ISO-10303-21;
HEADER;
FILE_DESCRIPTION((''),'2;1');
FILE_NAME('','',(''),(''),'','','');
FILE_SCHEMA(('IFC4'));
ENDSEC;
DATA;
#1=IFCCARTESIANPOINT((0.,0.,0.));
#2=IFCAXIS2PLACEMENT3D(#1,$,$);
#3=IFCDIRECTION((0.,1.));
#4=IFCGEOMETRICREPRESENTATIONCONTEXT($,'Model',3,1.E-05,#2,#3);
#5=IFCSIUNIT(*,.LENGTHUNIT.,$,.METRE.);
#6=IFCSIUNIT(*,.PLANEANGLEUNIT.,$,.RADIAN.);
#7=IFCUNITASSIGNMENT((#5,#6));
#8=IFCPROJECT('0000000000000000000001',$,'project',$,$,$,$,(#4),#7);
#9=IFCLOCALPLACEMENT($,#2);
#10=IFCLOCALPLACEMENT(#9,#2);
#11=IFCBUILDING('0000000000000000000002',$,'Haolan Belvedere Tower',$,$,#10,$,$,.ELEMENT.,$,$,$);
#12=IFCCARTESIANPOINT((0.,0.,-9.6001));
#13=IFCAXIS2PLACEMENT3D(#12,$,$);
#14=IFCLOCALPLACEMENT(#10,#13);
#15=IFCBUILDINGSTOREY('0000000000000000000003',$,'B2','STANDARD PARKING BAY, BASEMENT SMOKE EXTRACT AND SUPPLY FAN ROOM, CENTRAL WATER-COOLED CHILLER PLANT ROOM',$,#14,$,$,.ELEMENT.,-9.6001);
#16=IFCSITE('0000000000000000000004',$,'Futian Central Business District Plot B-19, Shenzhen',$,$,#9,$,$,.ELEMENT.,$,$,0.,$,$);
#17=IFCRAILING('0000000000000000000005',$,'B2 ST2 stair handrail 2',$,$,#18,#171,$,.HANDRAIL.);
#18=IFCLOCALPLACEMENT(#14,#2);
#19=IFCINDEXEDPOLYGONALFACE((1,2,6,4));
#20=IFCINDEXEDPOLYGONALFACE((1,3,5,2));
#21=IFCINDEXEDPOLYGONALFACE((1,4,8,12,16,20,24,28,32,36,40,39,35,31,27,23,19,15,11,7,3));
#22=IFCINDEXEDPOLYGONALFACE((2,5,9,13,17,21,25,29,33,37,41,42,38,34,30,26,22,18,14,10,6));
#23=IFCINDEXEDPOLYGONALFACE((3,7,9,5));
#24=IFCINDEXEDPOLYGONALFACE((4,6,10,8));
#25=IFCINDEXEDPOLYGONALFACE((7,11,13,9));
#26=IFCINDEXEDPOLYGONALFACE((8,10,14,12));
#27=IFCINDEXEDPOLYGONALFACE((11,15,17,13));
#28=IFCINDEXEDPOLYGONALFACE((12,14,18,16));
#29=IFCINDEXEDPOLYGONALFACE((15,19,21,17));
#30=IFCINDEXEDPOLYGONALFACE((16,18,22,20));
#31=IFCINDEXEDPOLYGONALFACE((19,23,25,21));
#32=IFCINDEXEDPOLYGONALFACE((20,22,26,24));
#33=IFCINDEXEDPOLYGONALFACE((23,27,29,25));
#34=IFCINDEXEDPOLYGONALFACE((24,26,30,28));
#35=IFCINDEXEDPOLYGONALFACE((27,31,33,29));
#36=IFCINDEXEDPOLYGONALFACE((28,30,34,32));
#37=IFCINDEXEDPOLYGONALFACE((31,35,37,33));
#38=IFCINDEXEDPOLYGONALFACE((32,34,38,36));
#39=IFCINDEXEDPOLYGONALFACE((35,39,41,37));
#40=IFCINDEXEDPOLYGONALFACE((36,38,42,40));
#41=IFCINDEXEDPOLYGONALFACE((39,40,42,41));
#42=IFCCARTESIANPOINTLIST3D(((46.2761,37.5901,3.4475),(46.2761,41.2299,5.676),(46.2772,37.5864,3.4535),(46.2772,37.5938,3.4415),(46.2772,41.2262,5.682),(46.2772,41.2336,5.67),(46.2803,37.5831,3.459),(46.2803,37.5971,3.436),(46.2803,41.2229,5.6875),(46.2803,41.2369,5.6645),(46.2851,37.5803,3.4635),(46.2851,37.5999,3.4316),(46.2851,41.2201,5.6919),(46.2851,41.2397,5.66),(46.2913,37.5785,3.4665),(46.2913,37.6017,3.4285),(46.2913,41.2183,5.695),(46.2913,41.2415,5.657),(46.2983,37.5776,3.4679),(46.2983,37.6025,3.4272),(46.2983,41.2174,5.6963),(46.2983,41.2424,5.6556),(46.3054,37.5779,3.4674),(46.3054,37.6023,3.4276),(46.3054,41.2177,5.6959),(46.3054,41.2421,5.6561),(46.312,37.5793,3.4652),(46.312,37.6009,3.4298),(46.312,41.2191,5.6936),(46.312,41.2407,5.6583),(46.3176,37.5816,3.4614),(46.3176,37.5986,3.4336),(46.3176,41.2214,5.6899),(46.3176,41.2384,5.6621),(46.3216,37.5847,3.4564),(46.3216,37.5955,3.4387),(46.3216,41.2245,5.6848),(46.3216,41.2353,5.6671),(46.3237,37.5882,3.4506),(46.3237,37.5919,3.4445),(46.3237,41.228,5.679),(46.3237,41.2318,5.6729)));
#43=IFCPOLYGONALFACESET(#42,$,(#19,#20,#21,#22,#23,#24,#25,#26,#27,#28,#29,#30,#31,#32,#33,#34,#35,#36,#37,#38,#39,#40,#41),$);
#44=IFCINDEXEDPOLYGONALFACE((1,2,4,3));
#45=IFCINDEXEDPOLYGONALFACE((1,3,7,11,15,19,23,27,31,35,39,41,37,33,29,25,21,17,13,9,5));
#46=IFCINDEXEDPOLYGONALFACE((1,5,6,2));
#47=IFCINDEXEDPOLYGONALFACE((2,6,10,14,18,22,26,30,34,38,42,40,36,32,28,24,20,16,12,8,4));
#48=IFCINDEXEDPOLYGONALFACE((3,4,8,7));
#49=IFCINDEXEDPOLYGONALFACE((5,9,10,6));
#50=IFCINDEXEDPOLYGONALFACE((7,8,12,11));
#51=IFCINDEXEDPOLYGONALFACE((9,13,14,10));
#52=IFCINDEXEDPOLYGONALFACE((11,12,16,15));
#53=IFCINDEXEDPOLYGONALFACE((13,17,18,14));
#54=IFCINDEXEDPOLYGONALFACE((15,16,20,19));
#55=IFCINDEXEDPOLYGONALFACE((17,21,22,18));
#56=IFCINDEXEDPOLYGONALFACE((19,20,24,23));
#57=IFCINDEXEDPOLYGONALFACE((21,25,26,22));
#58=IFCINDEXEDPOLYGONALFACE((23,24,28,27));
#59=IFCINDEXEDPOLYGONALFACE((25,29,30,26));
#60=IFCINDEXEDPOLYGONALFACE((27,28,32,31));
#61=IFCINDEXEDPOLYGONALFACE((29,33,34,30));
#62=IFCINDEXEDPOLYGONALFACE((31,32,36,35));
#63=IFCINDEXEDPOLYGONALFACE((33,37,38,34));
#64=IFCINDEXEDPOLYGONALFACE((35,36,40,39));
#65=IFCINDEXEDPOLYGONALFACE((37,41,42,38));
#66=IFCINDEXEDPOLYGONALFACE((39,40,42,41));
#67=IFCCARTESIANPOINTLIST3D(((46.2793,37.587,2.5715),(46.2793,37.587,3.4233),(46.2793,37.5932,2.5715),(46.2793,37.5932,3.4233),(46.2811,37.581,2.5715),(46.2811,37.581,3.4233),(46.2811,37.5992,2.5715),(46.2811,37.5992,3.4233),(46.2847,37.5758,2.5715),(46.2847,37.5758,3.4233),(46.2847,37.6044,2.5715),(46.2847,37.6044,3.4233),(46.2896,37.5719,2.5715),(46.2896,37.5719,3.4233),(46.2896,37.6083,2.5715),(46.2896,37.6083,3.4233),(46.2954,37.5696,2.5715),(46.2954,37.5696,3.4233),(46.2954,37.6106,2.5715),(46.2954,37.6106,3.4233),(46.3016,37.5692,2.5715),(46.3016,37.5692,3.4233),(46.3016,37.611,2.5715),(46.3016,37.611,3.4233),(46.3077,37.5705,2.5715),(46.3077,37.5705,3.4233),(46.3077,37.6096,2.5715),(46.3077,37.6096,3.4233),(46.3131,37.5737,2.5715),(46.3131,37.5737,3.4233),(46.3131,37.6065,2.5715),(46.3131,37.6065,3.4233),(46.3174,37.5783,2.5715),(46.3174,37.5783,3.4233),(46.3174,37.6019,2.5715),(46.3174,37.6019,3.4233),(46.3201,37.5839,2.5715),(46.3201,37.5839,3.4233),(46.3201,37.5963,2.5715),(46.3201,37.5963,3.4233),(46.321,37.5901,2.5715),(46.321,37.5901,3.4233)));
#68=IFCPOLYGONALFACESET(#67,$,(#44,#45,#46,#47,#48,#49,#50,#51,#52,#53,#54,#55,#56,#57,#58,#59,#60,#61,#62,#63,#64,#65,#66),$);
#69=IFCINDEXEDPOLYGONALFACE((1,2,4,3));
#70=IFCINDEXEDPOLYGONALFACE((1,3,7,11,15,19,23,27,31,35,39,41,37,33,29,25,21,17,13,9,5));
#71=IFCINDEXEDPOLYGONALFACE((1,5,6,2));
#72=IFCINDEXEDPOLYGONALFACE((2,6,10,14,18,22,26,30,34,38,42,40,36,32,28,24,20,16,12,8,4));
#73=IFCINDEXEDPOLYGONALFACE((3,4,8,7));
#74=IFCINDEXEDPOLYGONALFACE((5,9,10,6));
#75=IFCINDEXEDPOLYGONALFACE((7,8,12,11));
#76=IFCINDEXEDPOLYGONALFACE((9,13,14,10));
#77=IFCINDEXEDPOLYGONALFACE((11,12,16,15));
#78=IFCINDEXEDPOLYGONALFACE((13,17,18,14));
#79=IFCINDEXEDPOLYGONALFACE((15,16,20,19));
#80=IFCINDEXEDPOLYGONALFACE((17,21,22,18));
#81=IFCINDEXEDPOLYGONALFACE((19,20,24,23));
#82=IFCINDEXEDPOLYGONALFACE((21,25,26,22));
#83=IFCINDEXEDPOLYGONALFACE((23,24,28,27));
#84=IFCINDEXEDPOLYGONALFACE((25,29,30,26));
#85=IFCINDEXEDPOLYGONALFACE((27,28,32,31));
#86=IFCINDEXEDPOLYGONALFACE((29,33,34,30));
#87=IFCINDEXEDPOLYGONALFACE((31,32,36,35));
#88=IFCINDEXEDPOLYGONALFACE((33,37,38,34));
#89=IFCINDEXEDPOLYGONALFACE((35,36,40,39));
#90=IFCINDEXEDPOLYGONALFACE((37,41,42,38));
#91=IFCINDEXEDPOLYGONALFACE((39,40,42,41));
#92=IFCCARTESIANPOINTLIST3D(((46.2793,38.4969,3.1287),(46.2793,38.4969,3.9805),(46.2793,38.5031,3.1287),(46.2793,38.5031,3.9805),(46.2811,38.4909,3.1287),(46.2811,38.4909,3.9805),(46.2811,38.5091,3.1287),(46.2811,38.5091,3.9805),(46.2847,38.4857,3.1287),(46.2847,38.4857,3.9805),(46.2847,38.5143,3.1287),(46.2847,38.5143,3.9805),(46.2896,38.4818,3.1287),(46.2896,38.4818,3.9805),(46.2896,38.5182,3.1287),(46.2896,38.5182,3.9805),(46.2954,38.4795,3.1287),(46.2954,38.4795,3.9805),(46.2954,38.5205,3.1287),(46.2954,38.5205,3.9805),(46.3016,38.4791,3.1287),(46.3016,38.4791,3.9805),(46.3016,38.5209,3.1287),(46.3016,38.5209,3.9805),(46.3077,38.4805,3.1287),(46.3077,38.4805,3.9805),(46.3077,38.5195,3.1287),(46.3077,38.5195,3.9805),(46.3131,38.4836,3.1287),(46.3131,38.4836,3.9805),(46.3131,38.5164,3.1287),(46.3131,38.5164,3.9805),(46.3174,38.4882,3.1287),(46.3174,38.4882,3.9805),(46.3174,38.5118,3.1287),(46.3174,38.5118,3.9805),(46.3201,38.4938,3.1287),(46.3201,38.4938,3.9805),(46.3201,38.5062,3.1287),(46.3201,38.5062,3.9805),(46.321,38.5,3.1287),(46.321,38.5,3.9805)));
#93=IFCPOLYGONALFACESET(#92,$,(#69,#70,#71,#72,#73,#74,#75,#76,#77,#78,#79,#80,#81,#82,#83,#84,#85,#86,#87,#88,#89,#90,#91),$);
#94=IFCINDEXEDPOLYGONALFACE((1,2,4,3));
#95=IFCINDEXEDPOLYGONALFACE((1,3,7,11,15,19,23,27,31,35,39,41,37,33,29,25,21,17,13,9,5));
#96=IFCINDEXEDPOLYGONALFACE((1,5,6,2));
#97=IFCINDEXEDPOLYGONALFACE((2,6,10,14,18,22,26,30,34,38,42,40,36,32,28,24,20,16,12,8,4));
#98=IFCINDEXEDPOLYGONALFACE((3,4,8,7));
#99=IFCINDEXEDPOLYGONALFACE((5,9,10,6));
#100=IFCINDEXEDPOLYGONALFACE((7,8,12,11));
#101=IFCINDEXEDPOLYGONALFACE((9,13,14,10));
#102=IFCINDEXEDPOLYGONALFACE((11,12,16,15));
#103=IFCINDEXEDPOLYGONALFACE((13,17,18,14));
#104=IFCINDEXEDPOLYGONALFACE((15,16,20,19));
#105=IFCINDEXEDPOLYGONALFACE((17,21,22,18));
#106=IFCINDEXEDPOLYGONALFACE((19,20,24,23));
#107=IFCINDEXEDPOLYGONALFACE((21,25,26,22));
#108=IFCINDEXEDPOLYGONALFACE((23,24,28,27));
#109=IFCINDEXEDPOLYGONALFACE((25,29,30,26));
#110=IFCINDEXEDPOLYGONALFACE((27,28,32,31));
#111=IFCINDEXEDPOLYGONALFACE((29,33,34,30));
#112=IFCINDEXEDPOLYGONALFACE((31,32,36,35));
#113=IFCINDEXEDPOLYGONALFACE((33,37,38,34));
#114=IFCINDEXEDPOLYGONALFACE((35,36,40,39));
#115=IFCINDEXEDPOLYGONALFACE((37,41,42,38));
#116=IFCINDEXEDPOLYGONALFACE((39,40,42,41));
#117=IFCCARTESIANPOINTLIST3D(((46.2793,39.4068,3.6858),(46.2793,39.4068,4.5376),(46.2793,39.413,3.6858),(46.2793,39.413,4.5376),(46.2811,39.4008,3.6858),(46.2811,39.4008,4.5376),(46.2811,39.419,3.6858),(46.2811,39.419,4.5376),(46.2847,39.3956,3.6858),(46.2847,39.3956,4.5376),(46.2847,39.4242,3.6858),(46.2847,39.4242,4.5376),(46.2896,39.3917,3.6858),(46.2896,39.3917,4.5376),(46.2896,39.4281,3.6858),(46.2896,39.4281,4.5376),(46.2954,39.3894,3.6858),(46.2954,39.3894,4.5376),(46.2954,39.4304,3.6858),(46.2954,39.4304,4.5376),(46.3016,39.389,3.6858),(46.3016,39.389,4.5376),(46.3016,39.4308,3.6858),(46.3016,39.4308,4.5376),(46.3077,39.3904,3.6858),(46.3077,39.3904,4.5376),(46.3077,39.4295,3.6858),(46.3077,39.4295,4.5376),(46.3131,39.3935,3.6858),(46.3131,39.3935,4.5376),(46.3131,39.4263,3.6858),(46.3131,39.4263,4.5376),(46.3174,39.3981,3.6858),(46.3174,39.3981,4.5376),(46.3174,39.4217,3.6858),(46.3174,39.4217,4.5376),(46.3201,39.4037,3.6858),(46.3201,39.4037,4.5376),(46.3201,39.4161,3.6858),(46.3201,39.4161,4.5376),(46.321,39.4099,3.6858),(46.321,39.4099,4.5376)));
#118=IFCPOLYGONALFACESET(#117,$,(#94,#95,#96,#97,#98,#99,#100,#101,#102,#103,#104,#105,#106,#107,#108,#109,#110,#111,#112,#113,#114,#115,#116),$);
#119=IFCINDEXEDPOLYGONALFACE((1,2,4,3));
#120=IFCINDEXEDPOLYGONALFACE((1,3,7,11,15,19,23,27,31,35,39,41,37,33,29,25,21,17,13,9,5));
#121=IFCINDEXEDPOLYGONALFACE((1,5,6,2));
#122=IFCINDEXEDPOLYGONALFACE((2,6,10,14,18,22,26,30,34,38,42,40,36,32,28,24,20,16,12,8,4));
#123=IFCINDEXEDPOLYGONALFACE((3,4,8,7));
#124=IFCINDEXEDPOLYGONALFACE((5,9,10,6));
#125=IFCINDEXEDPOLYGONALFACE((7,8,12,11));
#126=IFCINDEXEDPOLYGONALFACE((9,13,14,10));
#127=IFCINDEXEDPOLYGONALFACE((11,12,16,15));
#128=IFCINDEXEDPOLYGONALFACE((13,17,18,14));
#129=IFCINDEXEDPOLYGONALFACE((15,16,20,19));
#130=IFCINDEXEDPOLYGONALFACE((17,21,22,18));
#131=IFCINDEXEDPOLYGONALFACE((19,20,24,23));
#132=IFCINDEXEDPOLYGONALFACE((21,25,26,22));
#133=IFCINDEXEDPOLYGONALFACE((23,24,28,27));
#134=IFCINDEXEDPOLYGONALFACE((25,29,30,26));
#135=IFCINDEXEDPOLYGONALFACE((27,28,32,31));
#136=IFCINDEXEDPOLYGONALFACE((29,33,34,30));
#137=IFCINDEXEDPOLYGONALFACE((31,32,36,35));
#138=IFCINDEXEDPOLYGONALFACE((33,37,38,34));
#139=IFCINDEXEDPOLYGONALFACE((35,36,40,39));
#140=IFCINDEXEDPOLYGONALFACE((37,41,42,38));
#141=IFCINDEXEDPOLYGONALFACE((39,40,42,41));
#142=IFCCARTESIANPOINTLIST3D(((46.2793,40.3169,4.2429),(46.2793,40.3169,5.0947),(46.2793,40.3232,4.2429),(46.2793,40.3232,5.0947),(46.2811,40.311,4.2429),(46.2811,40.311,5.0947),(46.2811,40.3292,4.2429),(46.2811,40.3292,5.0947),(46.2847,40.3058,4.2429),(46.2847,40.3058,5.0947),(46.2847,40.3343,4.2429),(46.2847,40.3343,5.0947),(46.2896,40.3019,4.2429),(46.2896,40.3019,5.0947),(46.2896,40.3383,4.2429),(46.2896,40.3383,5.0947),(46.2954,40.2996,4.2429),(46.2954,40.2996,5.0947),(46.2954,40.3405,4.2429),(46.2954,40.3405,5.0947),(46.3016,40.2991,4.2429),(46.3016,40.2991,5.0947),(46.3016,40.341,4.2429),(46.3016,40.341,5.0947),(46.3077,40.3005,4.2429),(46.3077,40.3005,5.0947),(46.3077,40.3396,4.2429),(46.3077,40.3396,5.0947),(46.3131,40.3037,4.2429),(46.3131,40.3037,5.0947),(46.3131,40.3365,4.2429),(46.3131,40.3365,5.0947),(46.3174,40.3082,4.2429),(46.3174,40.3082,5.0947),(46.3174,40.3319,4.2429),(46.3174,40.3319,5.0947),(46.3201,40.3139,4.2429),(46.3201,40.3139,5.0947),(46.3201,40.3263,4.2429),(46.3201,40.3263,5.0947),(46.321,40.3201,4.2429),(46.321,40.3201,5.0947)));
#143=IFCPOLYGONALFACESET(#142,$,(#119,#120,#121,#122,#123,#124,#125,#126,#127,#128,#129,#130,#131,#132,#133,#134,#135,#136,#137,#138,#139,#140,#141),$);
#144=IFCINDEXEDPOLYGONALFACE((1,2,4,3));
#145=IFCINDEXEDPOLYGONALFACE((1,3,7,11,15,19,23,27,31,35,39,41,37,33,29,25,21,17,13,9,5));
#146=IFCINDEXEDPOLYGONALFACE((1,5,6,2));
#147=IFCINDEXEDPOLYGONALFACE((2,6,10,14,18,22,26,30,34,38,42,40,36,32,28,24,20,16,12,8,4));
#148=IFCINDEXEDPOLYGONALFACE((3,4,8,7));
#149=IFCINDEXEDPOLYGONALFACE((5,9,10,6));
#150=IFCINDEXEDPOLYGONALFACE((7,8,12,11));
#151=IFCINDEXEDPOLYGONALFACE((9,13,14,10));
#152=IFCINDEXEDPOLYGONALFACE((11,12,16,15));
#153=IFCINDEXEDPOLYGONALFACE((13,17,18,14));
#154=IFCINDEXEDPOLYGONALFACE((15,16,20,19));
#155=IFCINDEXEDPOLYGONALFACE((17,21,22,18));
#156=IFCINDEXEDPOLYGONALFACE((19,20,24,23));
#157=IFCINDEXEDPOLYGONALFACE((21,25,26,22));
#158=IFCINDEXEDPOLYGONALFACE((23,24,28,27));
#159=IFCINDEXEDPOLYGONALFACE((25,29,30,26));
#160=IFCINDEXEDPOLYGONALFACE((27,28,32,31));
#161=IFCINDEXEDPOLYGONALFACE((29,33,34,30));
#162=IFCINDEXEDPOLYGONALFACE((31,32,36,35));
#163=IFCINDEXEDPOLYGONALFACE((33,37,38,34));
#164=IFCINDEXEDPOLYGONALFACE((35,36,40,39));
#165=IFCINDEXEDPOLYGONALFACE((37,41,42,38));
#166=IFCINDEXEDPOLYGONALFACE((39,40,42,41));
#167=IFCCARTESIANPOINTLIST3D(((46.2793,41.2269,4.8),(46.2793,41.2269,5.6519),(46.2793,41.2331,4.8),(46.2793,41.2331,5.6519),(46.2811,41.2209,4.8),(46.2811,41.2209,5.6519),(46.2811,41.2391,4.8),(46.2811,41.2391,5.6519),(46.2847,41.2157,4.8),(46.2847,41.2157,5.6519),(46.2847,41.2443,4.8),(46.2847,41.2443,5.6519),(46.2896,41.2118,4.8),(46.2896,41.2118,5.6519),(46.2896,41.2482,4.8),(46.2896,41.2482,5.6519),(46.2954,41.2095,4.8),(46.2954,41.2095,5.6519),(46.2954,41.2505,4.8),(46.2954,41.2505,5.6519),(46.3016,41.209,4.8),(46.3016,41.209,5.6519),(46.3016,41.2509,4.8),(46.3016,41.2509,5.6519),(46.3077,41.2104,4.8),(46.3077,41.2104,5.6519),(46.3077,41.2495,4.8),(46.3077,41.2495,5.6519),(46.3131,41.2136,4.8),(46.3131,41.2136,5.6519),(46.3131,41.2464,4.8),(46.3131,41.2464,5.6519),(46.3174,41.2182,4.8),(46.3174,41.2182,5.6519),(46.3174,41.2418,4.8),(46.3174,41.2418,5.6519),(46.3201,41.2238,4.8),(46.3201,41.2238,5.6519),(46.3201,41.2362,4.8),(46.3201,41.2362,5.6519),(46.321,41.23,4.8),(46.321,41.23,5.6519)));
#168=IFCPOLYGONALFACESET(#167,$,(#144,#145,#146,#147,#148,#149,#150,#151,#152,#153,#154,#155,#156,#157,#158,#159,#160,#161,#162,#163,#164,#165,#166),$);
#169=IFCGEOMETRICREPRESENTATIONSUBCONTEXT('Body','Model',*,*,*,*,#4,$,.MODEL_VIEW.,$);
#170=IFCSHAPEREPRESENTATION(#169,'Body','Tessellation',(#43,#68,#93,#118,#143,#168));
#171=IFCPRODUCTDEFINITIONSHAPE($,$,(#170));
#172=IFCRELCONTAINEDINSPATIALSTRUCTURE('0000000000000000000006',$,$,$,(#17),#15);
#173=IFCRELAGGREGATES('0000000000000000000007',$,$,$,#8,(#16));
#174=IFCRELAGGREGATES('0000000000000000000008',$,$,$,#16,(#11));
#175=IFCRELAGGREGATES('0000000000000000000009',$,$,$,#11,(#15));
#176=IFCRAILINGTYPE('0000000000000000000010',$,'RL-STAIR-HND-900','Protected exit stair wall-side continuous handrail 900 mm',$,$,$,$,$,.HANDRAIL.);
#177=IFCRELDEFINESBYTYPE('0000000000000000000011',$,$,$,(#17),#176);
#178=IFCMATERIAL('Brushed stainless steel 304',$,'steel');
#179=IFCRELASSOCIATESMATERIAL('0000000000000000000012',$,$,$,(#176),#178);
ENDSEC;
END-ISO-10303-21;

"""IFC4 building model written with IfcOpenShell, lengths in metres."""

from ifc_helpers import new_model, si_unit, direction, frame, origin, origin_2d, place, context, subcontext, project, spatial, circle, extrude, material, type_object, element, save


model = new_model("IFC4")

# Units and contexts
model_context = context("Model", 3, precision=1e-05, world=origin(), true_north=direction((0.0, 1.0)))
body_context = subcontext(model_context, "Body", "Model", "MODEL_VIEW")
ifc_project = project(units=[si_unit("LENGTHUNIT", "METRE"), si_unit("PLANEANGLEUNIT", "RADIAN")], contexts=[model_context])

# Site, building, storey
site_placement = place(None, origin())
site = spatial("IfcSite", under=ifc_project, at=site_placement, Name="Futian Central Business District Plot B-19, Shenzhen", CompositionType="ELEMENT", RefElevation=0.0)
building_placement = place(site_placement, origin())
building = spatial("IfcBuilding", under=site, at=building_placement, Name="Haolan Belvedere Tower", CompositionType="ELEMENT")
storey_placement = place(building_placement, frame((0.0, 0.0, -9.6001)))
storey = spatial("IfcBuildingStorey", under=building, at=storey_placement, Name="B2", Description="STANDARD PARKING BAY, BASEMENT SMOKE EXTRACT AND SUPPLY FAN ROOM, CENTRAL WATER-COOLED CHILLER PLANT ROOM", CompositionType="ELEMENT", Elevation=-9.6001)

# Railing
ifc_material_1 = material(Name="Brushed stainless steel 304", Category="steel")
railing_type = type_object("IfcRailingType", Name="RL-STAIR-HND-900", Description="Protected exit stair wall-side continuous handrail 900 mm", PredefinedType="HANDRAIL", material=ifc_material_1)
railing_placement = place(storey_placement, frame((46.3, 37.5901, 2.5715)))
element("IfcRailing", 1, at=railing_placement, inside=storey, type_object=railing_type, Name="B2 ST2 stair handrail 2", PredefinedType="HANDRAIL", context=body_context, shape_type="SweptSolid", body=[
    extrude(circle(Radius=0.0239, at=origin_2d()), frame((0.0, 0.0, 0.876), z_axis=(0.0, 0.85285, 0.522156), x_axis=(-1.0, 0.0, 0.0)), (0.0, 0.0, 1.0), 4.2678),
    extrude(circle(Radius=0.021, at=origin_2d()), origin(), (0.0, 0.0, 1.0), 0.8518),
    extrude(circle(Radius=0.021, at=origin_2d()), frame((0.0, 0.9099, 0.5571)), (0.0, 0.0, 1.0), 0.8518),
    extrude(circle(Radius=0.021, at=origin_2d()), frame((0.0, 1.8198, 1.1143)), (0.0, 0.0, 1.0), 0.8518),
    extrude(circle(Radius=0.021, at=origin_2d()), frame((0.0, 2.73, 1.6714)), (0.0, 0.0, 1.0), 0.8518),
    extrude(circle(Radius=0.021, at=origin_2d()), frame((0.0, 3.6399, 2.2285)), (0.0, 0.0, 1.0), 0.8518),
])

save(model, "model.ifc")
